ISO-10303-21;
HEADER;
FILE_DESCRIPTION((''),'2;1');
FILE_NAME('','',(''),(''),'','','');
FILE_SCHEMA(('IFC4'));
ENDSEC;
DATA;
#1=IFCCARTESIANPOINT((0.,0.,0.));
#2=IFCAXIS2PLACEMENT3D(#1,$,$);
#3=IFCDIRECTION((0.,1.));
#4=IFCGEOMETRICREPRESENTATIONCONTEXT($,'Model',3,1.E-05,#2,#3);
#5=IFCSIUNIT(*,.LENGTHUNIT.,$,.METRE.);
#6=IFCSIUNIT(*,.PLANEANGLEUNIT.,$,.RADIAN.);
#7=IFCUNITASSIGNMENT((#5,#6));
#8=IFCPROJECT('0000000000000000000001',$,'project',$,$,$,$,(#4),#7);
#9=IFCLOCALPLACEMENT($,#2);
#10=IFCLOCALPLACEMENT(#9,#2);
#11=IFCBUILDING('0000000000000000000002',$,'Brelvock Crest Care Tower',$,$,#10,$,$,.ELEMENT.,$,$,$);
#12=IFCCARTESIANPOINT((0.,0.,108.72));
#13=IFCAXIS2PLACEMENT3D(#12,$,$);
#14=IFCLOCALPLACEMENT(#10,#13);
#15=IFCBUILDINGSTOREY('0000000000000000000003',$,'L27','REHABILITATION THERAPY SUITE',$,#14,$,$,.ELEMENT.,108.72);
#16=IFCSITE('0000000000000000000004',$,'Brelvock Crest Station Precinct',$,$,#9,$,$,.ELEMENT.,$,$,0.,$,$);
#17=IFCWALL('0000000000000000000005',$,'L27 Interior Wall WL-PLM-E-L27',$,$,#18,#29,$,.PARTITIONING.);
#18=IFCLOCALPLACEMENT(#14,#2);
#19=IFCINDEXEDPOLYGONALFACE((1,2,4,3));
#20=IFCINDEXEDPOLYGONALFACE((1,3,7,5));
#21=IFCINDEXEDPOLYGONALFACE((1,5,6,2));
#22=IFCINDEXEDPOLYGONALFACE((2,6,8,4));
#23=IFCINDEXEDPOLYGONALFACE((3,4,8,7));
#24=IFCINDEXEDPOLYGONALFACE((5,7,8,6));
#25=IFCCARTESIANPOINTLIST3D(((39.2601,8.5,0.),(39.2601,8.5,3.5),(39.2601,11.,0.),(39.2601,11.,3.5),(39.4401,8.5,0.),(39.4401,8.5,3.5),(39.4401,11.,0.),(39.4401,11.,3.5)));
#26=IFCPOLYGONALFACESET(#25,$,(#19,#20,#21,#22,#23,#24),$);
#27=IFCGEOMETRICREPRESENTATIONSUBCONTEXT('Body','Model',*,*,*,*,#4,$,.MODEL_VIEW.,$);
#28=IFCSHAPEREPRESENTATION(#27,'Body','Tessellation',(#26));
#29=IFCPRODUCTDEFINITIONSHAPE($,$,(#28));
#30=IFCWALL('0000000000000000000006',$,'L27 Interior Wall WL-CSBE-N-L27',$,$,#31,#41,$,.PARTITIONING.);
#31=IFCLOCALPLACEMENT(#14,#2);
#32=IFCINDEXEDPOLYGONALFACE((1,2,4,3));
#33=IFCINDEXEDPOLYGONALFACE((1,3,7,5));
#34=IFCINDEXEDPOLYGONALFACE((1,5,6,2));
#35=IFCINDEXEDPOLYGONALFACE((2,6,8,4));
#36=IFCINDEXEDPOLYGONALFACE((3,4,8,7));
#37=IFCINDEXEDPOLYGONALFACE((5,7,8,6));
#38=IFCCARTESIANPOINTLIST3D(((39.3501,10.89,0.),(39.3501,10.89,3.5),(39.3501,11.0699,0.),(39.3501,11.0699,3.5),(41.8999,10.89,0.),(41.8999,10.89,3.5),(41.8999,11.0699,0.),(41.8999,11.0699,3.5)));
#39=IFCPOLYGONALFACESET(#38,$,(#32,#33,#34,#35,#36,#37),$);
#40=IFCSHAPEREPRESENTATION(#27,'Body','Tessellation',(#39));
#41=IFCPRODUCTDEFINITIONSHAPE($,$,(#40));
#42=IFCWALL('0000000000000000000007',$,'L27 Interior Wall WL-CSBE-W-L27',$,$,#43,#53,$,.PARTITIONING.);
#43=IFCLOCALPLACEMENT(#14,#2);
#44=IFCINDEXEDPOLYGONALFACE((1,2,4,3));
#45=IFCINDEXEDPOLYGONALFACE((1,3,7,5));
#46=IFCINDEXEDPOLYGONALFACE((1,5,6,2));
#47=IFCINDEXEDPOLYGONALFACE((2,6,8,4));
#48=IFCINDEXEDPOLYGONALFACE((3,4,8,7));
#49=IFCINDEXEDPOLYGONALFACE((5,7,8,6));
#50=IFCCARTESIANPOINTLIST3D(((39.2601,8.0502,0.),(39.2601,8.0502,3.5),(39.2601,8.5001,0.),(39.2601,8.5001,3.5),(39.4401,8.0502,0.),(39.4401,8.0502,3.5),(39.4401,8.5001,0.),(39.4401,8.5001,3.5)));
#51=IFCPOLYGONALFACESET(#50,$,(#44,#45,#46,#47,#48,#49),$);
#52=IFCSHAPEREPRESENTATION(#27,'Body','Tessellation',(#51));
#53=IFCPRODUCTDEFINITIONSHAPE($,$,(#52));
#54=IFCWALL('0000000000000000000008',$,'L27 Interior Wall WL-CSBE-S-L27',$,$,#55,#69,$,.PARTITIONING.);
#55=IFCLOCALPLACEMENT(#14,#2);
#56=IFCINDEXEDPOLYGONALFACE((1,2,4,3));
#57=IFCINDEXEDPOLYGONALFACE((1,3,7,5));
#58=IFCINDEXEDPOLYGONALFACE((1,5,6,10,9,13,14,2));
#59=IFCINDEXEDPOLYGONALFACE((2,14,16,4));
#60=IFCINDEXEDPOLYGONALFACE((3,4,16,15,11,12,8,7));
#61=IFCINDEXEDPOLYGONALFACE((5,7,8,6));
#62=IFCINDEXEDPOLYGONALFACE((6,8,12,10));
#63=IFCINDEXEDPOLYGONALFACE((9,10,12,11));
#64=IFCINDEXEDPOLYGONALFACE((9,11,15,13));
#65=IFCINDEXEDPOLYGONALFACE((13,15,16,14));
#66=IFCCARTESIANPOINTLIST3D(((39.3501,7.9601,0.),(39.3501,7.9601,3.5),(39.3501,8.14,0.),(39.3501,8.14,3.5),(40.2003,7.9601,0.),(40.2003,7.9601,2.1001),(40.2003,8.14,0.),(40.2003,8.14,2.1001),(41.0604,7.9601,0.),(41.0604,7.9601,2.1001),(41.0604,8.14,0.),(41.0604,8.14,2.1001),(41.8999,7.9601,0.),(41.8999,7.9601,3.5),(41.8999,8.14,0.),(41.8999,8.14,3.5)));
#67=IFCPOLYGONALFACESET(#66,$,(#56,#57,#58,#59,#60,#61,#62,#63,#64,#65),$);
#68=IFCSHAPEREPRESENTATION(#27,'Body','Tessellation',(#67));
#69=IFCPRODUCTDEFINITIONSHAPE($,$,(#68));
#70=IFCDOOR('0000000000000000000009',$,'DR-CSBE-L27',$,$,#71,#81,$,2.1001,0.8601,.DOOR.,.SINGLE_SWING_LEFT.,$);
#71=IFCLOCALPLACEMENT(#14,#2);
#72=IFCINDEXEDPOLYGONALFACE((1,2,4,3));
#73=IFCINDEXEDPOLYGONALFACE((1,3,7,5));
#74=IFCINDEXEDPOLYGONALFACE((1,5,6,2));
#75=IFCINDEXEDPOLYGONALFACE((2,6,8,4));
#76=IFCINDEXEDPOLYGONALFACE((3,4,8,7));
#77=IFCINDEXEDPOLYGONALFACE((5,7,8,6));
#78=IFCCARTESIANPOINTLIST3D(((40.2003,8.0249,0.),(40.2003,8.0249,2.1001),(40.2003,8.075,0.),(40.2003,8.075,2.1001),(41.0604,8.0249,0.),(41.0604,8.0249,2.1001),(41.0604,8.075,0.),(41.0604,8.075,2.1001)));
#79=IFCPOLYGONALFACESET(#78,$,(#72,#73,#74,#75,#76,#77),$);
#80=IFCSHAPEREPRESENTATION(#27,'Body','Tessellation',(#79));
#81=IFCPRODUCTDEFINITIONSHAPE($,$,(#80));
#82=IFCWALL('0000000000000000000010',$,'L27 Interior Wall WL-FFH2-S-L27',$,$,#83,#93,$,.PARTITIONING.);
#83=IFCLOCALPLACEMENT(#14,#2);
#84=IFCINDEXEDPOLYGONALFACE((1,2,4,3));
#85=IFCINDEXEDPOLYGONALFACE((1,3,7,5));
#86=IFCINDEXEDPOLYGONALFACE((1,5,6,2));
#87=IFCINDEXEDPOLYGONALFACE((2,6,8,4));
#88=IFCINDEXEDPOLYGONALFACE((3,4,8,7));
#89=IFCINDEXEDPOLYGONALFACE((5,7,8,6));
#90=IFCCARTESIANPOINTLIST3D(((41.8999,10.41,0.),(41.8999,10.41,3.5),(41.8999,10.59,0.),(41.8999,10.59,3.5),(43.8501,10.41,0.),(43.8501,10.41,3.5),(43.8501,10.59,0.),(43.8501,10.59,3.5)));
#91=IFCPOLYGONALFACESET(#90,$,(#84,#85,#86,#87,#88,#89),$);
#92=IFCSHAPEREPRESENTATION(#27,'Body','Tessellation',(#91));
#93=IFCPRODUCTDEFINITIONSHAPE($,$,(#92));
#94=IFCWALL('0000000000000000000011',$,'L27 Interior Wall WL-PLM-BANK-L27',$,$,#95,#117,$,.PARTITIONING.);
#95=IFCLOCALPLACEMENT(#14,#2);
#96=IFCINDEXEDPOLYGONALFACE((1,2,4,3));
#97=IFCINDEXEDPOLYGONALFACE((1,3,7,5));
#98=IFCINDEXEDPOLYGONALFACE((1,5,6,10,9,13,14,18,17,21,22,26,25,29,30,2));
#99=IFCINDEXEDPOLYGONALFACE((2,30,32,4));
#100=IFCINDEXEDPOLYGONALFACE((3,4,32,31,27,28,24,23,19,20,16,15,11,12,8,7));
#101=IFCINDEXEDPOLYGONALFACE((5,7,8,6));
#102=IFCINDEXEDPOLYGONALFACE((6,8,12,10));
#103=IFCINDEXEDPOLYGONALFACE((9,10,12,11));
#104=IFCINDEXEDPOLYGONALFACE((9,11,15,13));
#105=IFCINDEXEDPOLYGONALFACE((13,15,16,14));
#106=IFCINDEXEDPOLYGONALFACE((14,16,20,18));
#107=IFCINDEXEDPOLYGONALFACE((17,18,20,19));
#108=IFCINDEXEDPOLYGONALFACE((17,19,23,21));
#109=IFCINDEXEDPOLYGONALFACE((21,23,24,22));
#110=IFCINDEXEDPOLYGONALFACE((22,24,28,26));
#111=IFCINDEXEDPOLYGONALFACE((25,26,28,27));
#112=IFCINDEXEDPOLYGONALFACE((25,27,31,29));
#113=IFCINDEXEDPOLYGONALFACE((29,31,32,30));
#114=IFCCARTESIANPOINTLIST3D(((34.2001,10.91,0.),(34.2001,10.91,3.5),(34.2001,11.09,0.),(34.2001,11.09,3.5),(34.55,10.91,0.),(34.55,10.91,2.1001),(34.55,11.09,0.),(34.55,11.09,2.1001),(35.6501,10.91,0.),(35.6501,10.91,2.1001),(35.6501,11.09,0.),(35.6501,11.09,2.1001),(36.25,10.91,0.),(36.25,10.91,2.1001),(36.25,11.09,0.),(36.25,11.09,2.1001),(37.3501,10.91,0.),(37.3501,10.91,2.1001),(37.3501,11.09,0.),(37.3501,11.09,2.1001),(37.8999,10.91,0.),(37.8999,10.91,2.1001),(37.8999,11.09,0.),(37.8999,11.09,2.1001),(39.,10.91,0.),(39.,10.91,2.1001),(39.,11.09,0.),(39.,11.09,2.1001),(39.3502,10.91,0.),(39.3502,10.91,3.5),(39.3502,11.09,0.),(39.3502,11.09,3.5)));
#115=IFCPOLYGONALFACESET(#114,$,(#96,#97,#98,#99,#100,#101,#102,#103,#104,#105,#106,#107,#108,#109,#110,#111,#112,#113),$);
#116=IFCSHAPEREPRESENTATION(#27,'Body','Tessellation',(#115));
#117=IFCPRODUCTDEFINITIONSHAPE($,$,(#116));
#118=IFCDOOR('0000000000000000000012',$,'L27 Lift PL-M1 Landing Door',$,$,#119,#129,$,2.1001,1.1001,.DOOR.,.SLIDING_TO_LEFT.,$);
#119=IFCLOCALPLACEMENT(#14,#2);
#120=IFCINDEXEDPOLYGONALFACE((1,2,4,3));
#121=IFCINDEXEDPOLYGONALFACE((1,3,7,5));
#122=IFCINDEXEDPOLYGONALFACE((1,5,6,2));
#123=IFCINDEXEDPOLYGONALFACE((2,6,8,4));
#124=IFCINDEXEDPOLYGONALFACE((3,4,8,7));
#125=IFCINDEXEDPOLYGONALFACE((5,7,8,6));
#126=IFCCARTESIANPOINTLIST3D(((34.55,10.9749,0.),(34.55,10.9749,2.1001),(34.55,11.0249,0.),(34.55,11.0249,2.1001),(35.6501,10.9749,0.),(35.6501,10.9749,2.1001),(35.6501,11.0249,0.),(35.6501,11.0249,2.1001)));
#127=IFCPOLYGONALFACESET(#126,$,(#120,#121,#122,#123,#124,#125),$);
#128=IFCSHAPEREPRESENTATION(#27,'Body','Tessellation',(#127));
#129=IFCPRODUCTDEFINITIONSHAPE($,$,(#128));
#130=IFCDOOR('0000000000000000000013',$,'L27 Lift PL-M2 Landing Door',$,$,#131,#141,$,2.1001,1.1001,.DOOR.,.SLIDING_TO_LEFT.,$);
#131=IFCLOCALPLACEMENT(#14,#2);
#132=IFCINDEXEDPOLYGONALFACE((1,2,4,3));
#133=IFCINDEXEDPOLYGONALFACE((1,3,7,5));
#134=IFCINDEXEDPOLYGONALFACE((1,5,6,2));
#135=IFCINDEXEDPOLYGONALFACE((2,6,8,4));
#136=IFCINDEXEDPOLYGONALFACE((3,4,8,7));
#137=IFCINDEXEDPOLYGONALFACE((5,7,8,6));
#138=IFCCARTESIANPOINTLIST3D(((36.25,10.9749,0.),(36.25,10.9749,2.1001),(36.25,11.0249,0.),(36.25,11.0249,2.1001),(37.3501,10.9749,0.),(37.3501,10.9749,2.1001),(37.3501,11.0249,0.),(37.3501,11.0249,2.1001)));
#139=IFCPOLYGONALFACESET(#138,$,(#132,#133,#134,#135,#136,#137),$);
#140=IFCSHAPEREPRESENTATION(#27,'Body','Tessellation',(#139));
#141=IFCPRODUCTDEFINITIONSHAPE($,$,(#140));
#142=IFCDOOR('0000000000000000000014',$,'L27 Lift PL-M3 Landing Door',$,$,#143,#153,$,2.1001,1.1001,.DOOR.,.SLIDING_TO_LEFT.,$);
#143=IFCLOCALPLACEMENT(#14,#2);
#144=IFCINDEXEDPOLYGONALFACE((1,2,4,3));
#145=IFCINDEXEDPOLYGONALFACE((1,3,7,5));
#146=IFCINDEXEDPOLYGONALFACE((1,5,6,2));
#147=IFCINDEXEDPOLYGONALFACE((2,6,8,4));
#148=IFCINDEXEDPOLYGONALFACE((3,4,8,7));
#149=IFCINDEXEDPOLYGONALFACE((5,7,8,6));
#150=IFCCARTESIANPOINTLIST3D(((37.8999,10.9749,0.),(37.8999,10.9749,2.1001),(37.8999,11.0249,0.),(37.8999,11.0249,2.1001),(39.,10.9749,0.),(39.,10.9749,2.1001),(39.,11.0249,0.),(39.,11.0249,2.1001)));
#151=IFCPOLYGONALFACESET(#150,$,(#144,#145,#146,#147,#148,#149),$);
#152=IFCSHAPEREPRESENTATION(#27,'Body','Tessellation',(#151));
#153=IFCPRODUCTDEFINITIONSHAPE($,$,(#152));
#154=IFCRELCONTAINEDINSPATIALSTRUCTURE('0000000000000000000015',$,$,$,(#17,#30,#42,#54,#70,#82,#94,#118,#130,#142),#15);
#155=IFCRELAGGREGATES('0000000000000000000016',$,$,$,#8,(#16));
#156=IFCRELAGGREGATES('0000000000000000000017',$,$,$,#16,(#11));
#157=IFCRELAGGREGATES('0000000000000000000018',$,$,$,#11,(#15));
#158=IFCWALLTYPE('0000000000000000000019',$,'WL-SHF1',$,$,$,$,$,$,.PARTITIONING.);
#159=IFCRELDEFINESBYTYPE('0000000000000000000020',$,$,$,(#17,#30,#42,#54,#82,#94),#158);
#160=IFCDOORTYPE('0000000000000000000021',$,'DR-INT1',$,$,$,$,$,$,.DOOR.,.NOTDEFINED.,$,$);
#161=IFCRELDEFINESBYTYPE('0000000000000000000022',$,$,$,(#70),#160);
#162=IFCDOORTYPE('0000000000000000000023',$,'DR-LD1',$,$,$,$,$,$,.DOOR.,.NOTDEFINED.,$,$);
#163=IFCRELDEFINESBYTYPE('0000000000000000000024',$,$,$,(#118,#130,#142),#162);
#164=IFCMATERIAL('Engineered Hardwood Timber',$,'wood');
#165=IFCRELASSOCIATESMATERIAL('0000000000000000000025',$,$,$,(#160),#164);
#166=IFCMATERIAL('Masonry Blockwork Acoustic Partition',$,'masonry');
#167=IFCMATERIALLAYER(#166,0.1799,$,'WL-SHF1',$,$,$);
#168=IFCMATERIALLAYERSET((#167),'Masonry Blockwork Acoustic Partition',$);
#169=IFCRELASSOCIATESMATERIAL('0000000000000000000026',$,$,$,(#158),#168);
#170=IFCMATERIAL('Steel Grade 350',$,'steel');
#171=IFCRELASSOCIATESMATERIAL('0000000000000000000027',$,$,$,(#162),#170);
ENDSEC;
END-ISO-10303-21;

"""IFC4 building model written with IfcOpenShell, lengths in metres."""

from ifc_helpers import new_model, si_unit, direction, frame, frame_2d, origin, origin_2d, place, context, subcontext, project, spatial, rectangle, extrude, source, transform, mapped, material, layer, layer_set, type_object, element, fill, save


model = new_model("IFC4")

# Units and contexts
model_context = context("Model", 3, precision=1e-05, world=origin(), true_north=direction((0.0, 1.0)))
body_context = subcontext(model_context, "Body", "Model", "MODEL_VIEW")
ifc_project = project(units=[si_unit("LENGTHUNIT", "METRE"), si_unit("PLANEANGLEUNIT", "RADIAN")], contexts=[model_context])

# Site, building, storey
site_placement = place(None, origin())
site = spatial("IfcSite", under=ifc_project, at=site_placement, Name="Brelvock Crest Station Precinct", CompositionType="ELEMENT", RefElevation=0.0)
building_placement = place(site_placement, origin())
building = spatial("IfcBuilding", under=site, at=building_placement, Name="Brelvock Crest Care Tower", CompositionType="ELEMENT")
storey_placement = place(building_placement, frame((0.0, 0.0, 108.72)))
storey = spatial("IfcBuildingStorey", under=building, at=storey_placement, Name="L27", Description="REHABILITATION THERAPY SUITE", CompositionType="ELEMENT", Elevation=108.72)

# Shared definitions
ifc_material_1 = material(Name="Steel Grade 350", Category="steel")

# Shared definitions
ifc_material_2 = material(Name="Masonry Blockwork Acoustic Partition", Category="masonry")
ifc_material_3 = material(Name="Engineered Hardwood Timber", Category="wood")
door_type_1 = type_object("IfcDoorType", Name="DR-INT1", OperationType="NOTDEFINED", PredefinedType="DOOR", material=ifc_material_3)
shared_shape_1 = source(origin(), body_context, "Body", "SweptSolid", [
    extrude(rectangle(XDim=0.8601, YDim=2.1001, at=origin_2d()), frame((0.4302, 0.0249, 1.05), z_axis=(0.0, -1.0, 0.0), x_axis=(1.0, 0.0, 0.0)), (0.0, 0.0, 1.0), 0.05),
])

# Walls
ifc_layer_1 = layer(ifc_material_2, 0.1799, Name="WL-SHF1")
ifc_layer_set_1 = layer_set([ifc_layer_1], Name="Masonry Blockwork Acoustic Partition")
wall_type_1 = type_object("IfcWallType", Name="WL-SHF1", PredefinedType="PARTITIONING", material=ifc_layer_set_1)
for number, where, z_axis, x_axis, name in (
    (1, (39.3501, 8.5, 0.0), (0.0, 0.0, 1.0), (0.0, 1.0, 0.0), "L27 Interior Wall WL-PLM-E-L27"),
):
    element("IfcWall", number, at=place(storey_placement, frame(where, z_axis=z_axis, x_axis=x_axis)), inside=storey, type_object=wall_type_1, Name=name, PredefinedType="PARTITIONING", context=body_context, shape_type="SweptSolid", body=[
        extrude(rectangle(XDim=2.5, YDim=0.1799, at=frame_2d((1.25, 0.0))), origin(), (0.0, 0.0, 1.0), 3.5),
    ])
wall_1_placement = place(storey_placement, frame((39.3501, 10.98, 0.0), z_axis=(0.0, 0.0, 1.0), x_axis=(1.0, 0.0, 0.0)))
element("IfcWall", 2, at=wall_1_placement, inside=storey, type_object=wall_type_1, Name="L27 Interior Wall WL-CSBE-N-L27", PredefinedType="PARTITIONING", context=body_context, shape_type="SweptSolid", body=[
    extrude(rectangle(XDim=2.5498, YDim=0.1799, at=frame_2d((1.2749, 0.0))), origin(), (0.0, 0.0, 1.0), 3.5),
])
wall_2_placement = place(storey_placement, frame((39.3501, 8.05, 0.0), z_axis=(0.0, 0.0, 1.0), x_axis=(0.0, 1.0, 0.0)))
element("IfcWall", 3, at=wall_2_placement, inside=storey, type_object=wall_type_1, Name="L27 Interior Wall WL-CSBE-W-L27", PredefinedType="PARTITIONING", context=body_context, shape_type="SweptSolid", body=[
    extrude(rectangle(XDim=0.45, YDim=0.1799, at=frame_2d((0.2251, 0.0))), origin(), (0.0, 0.0, 1.0), 3.5),
])

# Wall, opening, door
wall_3_placement = place(storey_placement, frame((39.3501, 8.05, 0.0), z_axis=(0.0, 0.0, 1.0), x_axis=(1.0, 0.0, 0.0)))
wall_3 = element("IfcWall", 4, at=wall_3_placement, inside=storey, type_object=wall_type_1, Name="L27 Interior Wall WL-CSBE-S-L27", PredefinedType="PARTITIONING", context=body_context, shape_type="SweptSolid", body=[
    extrude(rectangle(XDim=2.5498, YDim=0.1799, at=frame_2d((1.2749, 0.0))), origin(), (0.0, 0.0, 1.0), 3.5),
])
opening_1_placement = place(wall_3_placement, frame((0.8501, 0.0, 0.0)))
opening_1 = element("IfcOpeningElement", 5, at=opening_1_placement, cuts=wall_3, PredefinedType="OPENING", context=body_context, shape_type="SweptSolid", body=[
    extrude(rectangle(XDim=0.8601, YDim=2.1001, at=origin_2d()), frame((0.4302, 0.1001, 1.05), z_axis=(0.0, -1.0, 0.0), x_axis=(1.0, 0.0, 0.0)), (0.0, 0.0, 1.0), 0.2),
])
door_1_placement = place(opening_1_placement, origin())
door_1 = element("IfcDoor", 6, at=door_1_placement, inside=storey, type_object=door_type_1, Name="DR-CSBE-L27", OperationType="SINGLE_SWING_LEFT", OverallHeight=2.1001, OverallWidth=0.8601, PredefinedType="DOOR", context=body_context, shape_type="MappedRepresentation", body=[
    mapped(shared_shape_1, transform((0.0, 0.0, 0.0), x_axis=(1.0, 0.0, 0.0), y_axis=(0.0, 1.0, 0.0), z_axis=(0.0, 0.0, 1.0), scale=1.0)),
])
fill(opening_1, door_1)

# Wall
wall_4_placement = place(storey_placement, frame((41.8999, 10.5, 0.0), z_axis=(0.0, 0.0, 1.0), x_axis=(1.0, 0.0, 0.0)))
element("IfcWall", 7, at=wall_4_placement, inside=storey, type_object=wall_type_1, Name="L27 Interior Wall WL-FFH2-S-L27", PredefinedType="PARTITIONING", context=body_context, shape_type="SweptSolid", body=[
    extrude(rectangle(XDim=1.9502, YDim=0.1799, at=frame_2d((0.9751, 0.0))), origin(), (0.0, 0.0, 1.0), 3.5),
])

# Wall, openings, doors
wall_5_placement = place(storey_placement, frame((34.2, 11.0, 0.0), z_axis=(0.0, 0.0, 1.0), x_axis=(1.0, 0.0, 0.0)))
wall_5 = element("IfcWall", 8, at=wall_5_placement, inside=storey, type_object=wall_type_1, Name="L27 Interior Wall WL-PLM-BANK-L27", PredefinedType="PARTITIONING", context=body_context, shape_type="SweptSolid", body=[
    extrude(rectangle(XDim=5.1501, YDim=0.1799, at=frame_2d((2.5752, 0.0))), origin(), (0.0, 0.0, 1.0), 3.5),
])
opening_2_placement = place(wall_5_placement, frame((0.3501, 0.0, 0.0)))
opening_2 = element("IfcOpeningElement", 9, at=opening_2_placement, cuts=wall_5, PredefinedType="OPENING", context=body_context, shape_type="SweptSolid", body=[
    extrude(rectangle(XDim=1.1001, YDim=2.1001, at=origin_2d()), frame((0.55, 0.1001, 1.05), z_axis=(0.0, -1.0, 0.0), x_axis=(1.0, 0.0, 0.0)), (0.0, 0.0, 1.0), 0.2),
])
opening_3_placement = place(wall_5_placement, frame((2.05, 0.0, 0.0)))
opening_3 = element("IfcOpeningElement", 10, at=opening_3_placement, cuts=wall_5, PredefinedType="OPENING", context=body_context, shape_type="SweptSolid", body=[
    extrude(rectangle(XDim=1.1001, YDim=2.1001, at=origin_2d()), frame((0.55, 0.1001, 1.05), z_axis=(0.0, -1.0, 0.0), x_axis=(1.0, 0.0, 0.0)), (0.0, 0.0, 1.0), 0.2),
])
opening_4_placement = place(wall_5_placement, frame((3.7, 0.0, 0.0)))
opening_4 = element("IfcOpeningElement", 11, at=opening_4_placement, cuts=wall_5, PredefinedType="OPENING", context=body_context, shape_type="SweptSolid", body=[
    extrude(rectangle(XDim=1.1001, YDim=2.1001, at=origin_2d()), frame((0.55, 0.1001, 1.05), z_axis=(0.0, -1.0, 0.0), x_axis=(1.0, 0.0, 0.0)), (0.0, 0.0, 1.0), 0.2),
])
door_type_2 = type_object("IfcDoorType", Name="DR-LD1", OperationType="NOTDEFINED", PredefinedType="DOOR", material=ifc_material_1)
shared_shape_2 = source(origin(), body_context, "Body", "SweptSolid", [
    extrude(rectangle(XDim=1.1001, YDim=2.1001, at=origin_2d()), frame((0.55, 0.0249, 1.05), z_axis=(0.0, -1.0, 0.0), x_axis=(1.0, 0.0, 0.0)), (0.0, 0.0, 1.0), 0.05),
])
door_2_placement = place(opening_2_placement, origin())
door_2 = element("IfcDoor", 12, at=door_2_placement, inside=storey, type_object=door_type_2, Name="L27 Lift PL-M1 Landing Door", OperationType="SLIDING_TO_LEFT", OverallHeight=2.1001, OverallWidth=1.1001, PredefinedType="DOOR", context=body_context, shape_type="MappedRepresentation", body=[
    mapped(shared_shape_2, transform((0.0, 0.0, 0.0), x_axis=(1.0, 0.0, 0.0), y_axis=(0.0, 1.0, 0.0), z_axis=(0.0, 0.0, 1.0), scale=1.0)),
])
fill(opening_2, door_2)
door_3_placement = place(opening_3_placement, origin())
door_3 = element("IfcDoor", 13, at=door_3_placement, inside=storey, type_object=door_type_2, Name="L27 Lift PL-M2 Landing Door", OperationType="SLIDING_TO_LEFT", OverallHeight=2.1001, OverallWidth=1.1001, PredefinedType="DOOR", context=body_context, shape_type="MappedRepresentation", body=[
    mapped(shared_shape_2, transform((0.0, 0.0, 0.0), x_axis=(1.0, 0.0, 0.0), y_axis=(0.0, 1.0, 0.0), z_axis=(0.0, 0.0, 1.0), scale=1.0)),
])
fill(opening_3, door_3)
door_4_placement = place(opening_4_placement, origin())
door_4 = element("IfcDoor", 14, at=door_4_placement, inside=storey, type_object=door_type_2, Name="L27 Lift PL-M3 Landing Door", OperationType="SLIDING_TO_LEFT", OverallHeight=2.1001, OverallWidth=1.1001, PredefinedType="DOOR", context=body_context, shape_type="MappedRepresentation", body=[
    mapped(shared_shape_2, transform((0.0, 0.0, 0.0), x_axis=(1.0, 0.0, 0.0), y_axis=(0.0, 1.0, 0.0), z_axis=(0.0, 0.0, 1.0), scale=1.0)),
])
fill(opening_4, door_4)

save(model, "model.ifc")
